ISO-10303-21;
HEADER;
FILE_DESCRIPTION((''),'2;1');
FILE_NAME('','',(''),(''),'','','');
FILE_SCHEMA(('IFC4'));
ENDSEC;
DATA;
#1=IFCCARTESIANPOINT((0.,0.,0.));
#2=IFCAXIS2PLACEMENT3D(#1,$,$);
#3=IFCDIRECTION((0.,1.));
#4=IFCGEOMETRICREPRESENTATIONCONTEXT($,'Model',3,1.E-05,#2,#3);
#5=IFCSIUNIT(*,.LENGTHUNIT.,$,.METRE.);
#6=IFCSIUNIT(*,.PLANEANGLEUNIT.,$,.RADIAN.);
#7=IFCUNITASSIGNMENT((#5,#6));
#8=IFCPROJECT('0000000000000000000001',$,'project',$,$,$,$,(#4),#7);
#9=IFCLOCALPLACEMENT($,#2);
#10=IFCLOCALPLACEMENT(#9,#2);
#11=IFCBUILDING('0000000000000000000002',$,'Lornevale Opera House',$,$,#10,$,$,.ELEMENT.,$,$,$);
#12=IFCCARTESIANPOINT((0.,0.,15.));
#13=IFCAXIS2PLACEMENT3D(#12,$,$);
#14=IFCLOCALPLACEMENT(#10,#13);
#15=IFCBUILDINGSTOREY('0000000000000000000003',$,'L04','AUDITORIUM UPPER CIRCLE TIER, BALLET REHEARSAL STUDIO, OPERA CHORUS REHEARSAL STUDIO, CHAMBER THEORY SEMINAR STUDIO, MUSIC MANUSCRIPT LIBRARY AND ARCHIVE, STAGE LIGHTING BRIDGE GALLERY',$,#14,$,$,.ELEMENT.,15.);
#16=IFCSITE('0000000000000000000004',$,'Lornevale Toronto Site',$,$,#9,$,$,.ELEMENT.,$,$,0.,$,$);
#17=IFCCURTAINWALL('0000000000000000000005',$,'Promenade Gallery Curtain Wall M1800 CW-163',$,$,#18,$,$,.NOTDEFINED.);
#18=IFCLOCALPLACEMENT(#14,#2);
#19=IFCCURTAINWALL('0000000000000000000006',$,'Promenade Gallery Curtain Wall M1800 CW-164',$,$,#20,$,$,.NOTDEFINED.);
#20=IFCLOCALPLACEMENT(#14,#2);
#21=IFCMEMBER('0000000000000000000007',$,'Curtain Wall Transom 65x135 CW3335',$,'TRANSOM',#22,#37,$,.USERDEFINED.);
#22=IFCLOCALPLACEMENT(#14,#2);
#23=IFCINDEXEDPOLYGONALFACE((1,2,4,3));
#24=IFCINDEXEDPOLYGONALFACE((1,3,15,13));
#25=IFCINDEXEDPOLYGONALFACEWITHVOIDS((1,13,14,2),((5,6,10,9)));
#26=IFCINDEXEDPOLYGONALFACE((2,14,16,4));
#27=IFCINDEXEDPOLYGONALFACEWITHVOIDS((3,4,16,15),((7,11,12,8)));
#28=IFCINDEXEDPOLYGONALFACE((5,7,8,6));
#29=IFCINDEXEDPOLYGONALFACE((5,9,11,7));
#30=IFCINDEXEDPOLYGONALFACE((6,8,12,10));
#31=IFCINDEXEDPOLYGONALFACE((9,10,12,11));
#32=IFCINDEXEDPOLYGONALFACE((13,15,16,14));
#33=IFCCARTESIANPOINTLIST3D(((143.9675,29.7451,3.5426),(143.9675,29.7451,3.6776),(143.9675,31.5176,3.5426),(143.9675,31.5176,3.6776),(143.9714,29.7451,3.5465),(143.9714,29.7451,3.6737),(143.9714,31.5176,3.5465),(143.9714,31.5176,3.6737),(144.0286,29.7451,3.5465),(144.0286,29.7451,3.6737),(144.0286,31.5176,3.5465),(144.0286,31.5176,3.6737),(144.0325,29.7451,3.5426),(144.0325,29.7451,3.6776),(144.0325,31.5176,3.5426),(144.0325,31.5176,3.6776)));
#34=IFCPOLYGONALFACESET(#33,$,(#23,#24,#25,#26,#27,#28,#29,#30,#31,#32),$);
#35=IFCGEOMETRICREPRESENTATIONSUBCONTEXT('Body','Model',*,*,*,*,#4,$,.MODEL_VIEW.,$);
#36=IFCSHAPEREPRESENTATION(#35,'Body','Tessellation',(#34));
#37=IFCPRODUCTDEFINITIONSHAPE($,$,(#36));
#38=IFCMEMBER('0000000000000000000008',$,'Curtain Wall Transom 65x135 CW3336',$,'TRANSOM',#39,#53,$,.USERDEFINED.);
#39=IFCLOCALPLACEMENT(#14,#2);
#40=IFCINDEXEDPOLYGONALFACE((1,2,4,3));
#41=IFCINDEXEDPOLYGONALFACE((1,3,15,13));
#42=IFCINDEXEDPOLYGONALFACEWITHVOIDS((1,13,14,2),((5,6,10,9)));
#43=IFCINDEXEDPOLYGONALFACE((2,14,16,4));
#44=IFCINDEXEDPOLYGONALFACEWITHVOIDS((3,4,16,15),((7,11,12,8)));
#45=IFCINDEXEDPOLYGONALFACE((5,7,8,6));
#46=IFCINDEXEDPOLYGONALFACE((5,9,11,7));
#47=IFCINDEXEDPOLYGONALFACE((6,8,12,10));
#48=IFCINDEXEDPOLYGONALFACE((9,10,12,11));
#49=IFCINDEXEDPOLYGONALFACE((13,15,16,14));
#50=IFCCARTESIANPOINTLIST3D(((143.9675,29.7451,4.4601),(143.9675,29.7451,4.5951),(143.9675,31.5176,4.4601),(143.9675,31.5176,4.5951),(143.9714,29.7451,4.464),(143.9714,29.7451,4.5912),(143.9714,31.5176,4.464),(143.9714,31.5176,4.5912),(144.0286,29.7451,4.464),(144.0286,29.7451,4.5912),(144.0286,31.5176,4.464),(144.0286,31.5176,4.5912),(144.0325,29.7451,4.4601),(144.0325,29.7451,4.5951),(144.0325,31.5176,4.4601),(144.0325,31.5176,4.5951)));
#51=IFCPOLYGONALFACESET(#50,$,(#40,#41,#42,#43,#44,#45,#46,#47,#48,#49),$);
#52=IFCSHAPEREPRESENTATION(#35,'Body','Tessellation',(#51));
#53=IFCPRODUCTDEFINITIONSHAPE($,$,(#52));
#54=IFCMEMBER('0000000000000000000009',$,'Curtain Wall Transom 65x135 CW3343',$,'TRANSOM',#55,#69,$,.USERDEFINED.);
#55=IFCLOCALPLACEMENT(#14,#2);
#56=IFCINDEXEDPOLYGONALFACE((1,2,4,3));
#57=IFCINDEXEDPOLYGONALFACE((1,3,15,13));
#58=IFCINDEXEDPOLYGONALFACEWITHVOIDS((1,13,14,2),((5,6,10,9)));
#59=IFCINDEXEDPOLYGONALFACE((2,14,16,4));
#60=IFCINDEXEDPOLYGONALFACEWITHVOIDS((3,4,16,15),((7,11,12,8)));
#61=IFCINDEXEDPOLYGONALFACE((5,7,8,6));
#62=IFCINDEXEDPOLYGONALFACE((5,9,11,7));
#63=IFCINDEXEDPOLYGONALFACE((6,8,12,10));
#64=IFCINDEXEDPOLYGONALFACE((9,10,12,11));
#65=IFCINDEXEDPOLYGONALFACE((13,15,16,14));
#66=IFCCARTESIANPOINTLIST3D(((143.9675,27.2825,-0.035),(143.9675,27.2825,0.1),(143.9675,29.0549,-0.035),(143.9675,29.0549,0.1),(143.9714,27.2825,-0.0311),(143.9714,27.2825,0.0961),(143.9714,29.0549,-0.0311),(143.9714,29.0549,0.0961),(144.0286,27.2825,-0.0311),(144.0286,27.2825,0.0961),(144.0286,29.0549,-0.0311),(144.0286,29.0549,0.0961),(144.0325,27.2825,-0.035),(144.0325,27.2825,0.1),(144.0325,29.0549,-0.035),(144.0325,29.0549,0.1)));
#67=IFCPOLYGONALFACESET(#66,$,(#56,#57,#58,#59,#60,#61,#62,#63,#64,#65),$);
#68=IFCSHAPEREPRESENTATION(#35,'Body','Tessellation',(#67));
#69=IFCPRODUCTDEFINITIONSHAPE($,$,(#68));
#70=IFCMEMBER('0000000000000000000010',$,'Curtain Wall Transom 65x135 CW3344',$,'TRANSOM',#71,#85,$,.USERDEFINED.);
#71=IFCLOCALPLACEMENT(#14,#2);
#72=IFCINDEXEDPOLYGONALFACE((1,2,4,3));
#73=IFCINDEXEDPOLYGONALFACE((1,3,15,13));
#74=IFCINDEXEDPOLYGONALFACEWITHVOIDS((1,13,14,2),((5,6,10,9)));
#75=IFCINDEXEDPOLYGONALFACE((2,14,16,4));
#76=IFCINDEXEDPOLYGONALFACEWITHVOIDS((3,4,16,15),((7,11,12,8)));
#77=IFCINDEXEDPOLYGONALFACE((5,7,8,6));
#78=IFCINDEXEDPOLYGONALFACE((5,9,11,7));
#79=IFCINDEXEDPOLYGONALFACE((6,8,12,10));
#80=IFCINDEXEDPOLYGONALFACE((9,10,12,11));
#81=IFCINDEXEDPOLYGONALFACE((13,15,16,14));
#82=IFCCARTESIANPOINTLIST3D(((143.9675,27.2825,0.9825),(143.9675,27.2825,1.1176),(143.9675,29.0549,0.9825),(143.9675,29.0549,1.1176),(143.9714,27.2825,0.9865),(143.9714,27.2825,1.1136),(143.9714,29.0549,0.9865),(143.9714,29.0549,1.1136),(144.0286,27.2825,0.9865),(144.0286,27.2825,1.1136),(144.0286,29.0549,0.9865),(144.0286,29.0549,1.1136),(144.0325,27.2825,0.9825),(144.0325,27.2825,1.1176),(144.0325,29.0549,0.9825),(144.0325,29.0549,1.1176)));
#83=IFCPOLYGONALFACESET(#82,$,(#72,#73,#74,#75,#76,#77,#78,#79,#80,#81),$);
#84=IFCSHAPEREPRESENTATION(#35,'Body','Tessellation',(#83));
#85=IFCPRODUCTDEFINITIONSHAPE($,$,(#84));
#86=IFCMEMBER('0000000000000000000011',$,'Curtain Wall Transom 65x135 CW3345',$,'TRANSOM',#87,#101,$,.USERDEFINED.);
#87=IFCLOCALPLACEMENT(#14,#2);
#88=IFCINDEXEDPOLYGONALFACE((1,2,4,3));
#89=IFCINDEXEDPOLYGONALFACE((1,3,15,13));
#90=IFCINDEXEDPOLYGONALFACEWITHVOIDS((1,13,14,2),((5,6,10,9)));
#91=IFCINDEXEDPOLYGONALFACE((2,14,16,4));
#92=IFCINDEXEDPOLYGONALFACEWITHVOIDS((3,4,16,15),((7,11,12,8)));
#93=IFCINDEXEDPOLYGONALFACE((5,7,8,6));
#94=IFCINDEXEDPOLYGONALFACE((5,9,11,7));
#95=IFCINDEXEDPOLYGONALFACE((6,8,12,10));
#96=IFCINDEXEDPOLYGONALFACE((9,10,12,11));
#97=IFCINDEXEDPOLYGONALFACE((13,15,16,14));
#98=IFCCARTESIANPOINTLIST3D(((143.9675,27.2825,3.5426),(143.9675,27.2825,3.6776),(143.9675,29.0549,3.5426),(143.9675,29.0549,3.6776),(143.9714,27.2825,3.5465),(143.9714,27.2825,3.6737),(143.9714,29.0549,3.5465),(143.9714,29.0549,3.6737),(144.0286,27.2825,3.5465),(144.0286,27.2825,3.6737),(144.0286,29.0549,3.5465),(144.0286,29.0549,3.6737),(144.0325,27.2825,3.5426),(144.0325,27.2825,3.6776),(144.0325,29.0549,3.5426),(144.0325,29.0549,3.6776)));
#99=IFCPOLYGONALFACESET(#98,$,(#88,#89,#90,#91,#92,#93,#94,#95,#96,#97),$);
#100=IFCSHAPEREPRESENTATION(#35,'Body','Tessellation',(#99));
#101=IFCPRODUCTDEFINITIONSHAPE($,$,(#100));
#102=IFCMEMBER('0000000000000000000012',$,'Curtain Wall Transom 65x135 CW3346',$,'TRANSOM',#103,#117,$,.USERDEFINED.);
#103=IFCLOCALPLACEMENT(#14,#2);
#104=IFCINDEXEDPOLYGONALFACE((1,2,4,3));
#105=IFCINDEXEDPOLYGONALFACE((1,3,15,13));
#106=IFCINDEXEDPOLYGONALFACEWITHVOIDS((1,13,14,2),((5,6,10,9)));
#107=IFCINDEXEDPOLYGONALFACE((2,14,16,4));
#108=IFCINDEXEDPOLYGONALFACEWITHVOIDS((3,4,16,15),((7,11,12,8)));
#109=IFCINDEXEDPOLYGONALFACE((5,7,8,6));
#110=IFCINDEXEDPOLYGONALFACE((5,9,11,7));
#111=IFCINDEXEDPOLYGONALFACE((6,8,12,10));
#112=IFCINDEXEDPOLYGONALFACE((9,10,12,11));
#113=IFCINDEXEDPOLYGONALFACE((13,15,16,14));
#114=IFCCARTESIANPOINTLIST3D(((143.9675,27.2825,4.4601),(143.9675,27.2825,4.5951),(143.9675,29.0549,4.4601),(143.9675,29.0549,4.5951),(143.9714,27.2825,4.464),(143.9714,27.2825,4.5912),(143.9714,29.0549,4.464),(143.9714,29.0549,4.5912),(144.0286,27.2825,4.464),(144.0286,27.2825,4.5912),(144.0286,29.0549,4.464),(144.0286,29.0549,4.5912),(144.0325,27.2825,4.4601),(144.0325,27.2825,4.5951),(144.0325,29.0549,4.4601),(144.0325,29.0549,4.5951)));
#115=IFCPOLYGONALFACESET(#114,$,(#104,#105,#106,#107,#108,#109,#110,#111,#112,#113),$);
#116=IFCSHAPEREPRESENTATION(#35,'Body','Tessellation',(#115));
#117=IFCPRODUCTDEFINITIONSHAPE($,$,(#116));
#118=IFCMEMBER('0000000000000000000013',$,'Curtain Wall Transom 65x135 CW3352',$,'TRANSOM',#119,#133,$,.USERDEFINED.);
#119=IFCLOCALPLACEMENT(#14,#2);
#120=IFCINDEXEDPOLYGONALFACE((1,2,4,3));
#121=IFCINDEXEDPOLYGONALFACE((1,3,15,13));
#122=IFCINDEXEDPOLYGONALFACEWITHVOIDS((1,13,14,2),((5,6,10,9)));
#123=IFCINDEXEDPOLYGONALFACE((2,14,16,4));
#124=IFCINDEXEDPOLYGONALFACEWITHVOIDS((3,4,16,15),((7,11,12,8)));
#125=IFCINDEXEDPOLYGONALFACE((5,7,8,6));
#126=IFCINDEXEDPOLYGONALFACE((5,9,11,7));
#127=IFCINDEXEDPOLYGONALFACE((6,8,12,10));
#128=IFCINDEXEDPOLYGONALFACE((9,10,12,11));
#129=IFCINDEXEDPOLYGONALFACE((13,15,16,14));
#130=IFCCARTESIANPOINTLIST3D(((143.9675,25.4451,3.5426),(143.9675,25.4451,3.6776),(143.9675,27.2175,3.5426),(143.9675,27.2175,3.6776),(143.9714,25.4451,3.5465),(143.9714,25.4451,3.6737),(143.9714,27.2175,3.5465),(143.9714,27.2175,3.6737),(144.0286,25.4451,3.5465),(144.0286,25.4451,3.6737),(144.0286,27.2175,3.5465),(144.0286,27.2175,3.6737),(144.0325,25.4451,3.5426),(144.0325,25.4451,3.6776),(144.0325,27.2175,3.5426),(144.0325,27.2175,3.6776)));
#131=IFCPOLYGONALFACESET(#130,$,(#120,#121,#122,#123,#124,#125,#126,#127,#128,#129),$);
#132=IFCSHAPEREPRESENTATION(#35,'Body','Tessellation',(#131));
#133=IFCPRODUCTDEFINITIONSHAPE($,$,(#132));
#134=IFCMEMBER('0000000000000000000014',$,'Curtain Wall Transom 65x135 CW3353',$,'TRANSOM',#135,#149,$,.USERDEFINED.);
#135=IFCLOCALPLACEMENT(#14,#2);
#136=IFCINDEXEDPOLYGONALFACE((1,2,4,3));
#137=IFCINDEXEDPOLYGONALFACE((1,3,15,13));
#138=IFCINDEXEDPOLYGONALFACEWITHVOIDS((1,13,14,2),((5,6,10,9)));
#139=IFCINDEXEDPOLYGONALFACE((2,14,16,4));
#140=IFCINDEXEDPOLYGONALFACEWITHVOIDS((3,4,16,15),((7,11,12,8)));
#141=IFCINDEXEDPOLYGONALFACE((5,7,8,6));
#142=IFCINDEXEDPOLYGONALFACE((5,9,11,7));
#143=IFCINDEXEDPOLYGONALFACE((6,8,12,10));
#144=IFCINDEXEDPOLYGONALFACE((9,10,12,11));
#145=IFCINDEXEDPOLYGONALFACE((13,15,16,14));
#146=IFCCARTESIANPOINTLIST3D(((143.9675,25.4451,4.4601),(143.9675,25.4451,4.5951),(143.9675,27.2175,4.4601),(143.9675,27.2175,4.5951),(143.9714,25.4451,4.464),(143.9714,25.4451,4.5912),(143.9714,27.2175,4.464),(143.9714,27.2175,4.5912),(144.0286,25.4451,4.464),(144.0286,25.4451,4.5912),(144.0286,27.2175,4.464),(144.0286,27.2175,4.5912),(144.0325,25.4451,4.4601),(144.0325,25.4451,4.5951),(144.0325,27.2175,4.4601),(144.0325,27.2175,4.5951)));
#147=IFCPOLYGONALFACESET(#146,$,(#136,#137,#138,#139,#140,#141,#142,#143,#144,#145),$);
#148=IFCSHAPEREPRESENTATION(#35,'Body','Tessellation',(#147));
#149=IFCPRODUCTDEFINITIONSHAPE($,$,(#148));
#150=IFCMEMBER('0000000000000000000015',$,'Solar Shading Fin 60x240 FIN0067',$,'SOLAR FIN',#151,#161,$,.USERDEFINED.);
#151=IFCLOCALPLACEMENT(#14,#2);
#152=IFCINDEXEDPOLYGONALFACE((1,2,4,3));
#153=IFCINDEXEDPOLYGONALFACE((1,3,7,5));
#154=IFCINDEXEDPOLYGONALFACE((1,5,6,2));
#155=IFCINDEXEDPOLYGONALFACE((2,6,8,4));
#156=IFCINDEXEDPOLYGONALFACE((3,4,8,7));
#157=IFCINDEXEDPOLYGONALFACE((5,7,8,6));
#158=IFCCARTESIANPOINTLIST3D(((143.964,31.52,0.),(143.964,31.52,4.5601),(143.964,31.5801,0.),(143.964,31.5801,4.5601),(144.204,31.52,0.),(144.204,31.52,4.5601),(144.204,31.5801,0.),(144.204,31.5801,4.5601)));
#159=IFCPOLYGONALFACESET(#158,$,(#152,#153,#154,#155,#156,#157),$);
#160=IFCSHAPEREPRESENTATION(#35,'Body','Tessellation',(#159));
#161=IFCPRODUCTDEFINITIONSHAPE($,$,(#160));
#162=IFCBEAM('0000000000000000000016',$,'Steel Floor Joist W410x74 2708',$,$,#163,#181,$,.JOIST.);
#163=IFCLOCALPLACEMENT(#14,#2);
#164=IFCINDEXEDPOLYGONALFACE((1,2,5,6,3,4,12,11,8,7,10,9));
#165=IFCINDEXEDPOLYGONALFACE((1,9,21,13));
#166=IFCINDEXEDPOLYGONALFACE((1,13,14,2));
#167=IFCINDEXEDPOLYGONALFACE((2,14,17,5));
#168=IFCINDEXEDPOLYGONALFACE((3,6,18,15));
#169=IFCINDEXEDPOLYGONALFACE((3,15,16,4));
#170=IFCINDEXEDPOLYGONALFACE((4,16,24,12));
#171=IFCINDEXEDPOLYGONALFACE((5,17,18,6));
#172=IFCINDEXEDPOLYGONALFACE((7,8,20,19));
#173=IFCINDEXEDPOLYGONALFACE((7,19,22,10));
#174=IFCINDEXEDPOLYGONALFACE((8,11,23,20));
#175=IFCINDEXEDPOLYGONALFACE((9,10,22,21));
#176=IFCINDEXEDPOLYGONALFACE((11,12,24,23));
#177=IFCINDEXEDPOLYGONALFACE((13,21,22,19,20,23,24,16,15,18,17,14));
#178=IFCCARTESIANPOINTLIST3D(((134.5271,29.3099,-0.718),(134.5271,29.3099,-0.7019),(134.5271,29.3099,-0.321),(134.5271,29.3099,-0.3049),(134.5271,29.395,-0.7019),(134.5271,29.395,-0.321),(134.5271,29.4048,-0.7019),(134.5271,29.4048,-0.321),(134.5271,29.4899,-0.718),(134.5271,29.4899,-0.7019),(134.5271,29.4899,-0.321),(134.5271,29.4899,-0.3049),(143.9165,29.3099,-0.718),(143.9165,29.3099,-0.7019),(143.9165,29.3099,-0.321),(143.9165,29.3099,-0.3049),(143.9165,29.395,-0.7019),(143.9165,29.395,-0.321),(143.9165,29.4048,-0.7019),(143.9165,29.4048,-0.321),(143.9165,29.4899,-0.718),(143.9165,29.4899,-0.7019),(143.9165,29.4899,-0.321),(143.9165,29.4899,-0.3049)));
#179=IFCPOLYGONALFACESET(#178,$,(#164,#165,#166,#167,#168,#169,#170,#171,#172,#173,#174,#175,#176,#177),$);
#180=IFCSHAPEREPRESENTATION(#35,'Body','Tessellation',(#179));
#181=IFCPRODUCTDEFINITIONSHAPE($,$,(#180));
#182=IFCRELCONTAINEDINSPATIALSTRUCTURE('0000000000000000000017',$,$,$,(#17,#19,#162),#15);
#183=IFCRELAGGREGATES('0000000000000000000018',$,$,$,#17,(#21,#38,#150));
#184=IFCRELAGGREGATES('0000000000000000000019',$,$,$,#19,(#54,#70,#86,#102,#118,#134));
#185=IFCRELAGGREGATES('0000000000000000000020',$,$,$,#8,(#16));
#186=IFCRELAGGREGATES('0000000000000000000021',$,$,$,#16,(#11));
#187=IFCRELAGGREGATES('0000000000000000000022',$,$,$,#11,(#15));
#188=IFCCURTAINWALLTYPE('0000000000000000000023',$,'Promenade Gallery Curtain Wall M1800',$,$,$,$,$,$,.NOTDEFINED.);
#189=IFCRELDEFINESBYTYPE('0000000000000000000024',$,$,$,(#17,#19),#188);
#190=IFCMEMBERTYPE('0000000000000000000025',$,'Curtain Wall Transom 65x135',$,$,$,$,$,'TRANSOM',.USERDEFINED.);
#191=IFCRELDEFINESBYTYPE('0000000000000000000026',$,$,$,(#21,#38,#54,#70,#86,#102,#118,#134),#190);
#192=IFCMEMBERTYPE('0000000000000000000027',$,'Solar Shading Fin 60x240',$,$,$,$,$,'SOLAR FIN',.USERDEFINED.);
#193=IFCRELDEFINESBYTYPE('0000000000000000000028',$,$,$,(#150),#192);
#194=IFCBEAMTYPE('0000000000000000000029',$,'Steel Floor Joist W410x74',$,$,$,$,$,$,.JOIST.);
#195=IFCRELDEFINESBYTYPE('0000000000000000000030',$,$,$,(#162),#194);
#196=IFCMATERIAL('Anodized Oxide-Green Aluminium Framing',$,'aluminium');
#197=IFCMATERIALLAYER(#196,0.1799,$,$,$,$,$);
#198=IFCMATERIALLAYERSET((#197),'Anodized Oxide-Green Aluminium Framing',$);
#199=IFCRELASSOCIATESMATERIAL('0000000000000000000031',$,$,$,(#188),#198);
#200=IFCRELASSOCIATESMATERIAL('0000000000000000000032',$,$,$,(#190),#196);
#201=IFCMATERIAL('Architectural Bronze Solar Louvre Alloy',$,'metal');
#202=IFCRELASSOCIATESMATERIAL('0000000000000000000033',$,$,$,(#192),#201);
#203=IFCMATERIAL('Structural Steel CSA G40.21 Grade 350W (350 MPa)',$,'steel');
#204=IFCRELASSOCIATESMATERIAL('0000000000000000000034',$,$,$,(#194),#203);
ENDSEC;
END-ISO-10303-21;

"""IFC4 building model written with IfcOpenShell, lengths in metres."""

from ifc_helpers import new_model, si_unit, direction, frame, origin, origin_2d, place, context, subcontext, project, spatial, rectangle, hollow_rectangle, i_section, extrude, material, layer, layer_set, material_profile, profile_set, type_object, element, aggregate, save


model = new_model("IFC4")

# Units and contexts
model_context = context("Model", 3, precision=1e-05, world=origin(), true_north=direction((0.0, 1.0)))
body_context = subcontext(model_context, "Body", "Model", "MODEL_VIEW")
ifc_project = project(units=[si_unit("LENGTHUNIT", "METRE"), si_unit("PLANEANGLEUNIT", "RADIAN")], contexts=[model_context])

# Site, building, storey
site_placement = place(None, origin())
site = spatial("IfcSite", under=ifc_project, at=site_placement, Name="Lornevale Toronto Site", CompositionType="ELEMENT", RefElevation=0.0)
building_placement = place(site_placement, origin())
building = spatial("IfcBuilding", under=site, at=building_placement, Name="Lornevale Opera House", CompositionType="ELEMENT")
storey_placement = place(building_placement, frame((0.0, 0.0, 15.0)))
storey = spatial("IfcBuildingStorey", under=building, at=storey_placement, Name="L04", Description="AUDITORIUM UPPER CIRCLE TIER, BALLET REHEARSAL STUDIO, OPERA CHORUS REHEARSAL STUDIO, CHAMBER THEORY SEMINAR STUDIO, MUSIC MANUSCRIPT LIBRARY AND ARCHIVE, STAGE LIGHTING BRIDGE GALLERY", CompositionType="ELEMENT", Elevation=15.0)

# Curtain walls
ifc_material_1 = material(Name="Anodized Oxide-Green Aluminium Framing", Category="aluminium")
ifc_layer_1 = layer(ifc_material_1, 0.1799)
ifc_layer_set_1 = layer_set([ifc_layer_1], Name="Anodized Oxide-Green Aluminium Framing")
curtain_wall_type = type_object("IfcCurtainWallType", Name="Promenade Gallery Curtain Wall M1800", PredefinedType="NOTDEFINED", material=ifc_layer_set_1)
curtain_wall_1_placement = place(storey_placement, origin())
curtain_wall_1 = element("IfcCurtainWall", 1, at=curtain_wall_1_placement, inside=storey, type_object=curtain_wall_type, Name="Promenade Gallery Curtain Wall M1800 CW-163", PredefinedType="NOTDEFINED")
curtain_wall_2_placement = place(storey_placement, origin())
curtain_wall_2 = element("IfcCurtainWall", 2, at=curtain_wall_2_placement, inside=storey, type_object=curtain_wall_type, Name="Promenade Gallery Curtain Wall M1800 CW-164", PredefinedType="NOTDEFINED")

# Members
ifc_material_profile_1 = material_profile(ifc_material_1, hollow_rectangle(XDim=0.0649, YDim=0.135, WallThickness=0.0039, at=origin_2d()), Name="ALU65x135x4")
ifc_profile_set_1 = profile_set([ifc_material_profile_1], Name="Anodized Oxide-Green Aluminium Framing")
member_type_1 = type_object("IfcMemberType", Name="Curtain Wall Transom 65x135", ElementType="TRANSOM", PredefinedType="USERDEFINED", material=ifc_profile_set_1)
member_1_placement = place(storey_placement, frame((144.0, 31.5176, 3.6101), z_axis=(0.0, -1.0, 0.0), x_axis=(1.0, 0.0, 0.0)))
member_1 = element("IfcMember", 3, at=member_1_placement, type_object=member_type_1, Name="Curtain Wall Transom 65x135 CW3335", ObjectType="TRANSOM", PredefinedType="USERDEFINED", context=body_context, shape_type="SweptSolid", body=[
    extrude(hollow_rectangle(XDim=0.0649, YDim=0.135, WallThickness=0.0039, at=origin_2d()), origin(), (0.0, 0.0, 1.0), 1.7725),
])
member_2_placement = place(storey_placement, frame((144.0, 31.5176, 4.5276), z_axis=(0.0, -1.0, 0.0), x_axis=(1.0, 0.0, 0.0)))
member_2 = element("IfcMember", 4, at=member_2_placement, type_object=member_type_1, Name="Curtain Wall Transom 65x135 CW3336", ObjectType="TRANSOM", PredefinedType="USERDEFINED", context=body_context, shape_type="SweptSolid", body=[
    extrude(hollow_rectangle(XDim=0.0649, YDim=0.135, WallThickness=0.0039, at=origin_2d()), origin(), (0.0, 0.0, 1.0), 1.7725),
])
member_3_placement = place(storey_placement, frame((144.0, 29.0549, 0.0325), z_axis=(0.0, -1.0, 0.0), x_axis=(1.0, 0.0, 0.0)))
member_3 = element("IfcMember", 5, at=member_3_placement, type_object=member_type_1, Name="Curtain Wall Transom 65x135 CW3343", ObjectType="TRANSOM", PredefinedType="USERDEFINED", context=body_context, shape_type="SweptSolid", body=[
    extrude(hollow_rectangle(XDim=0.0649, YDim=0.135, WallThickness=0.0039, at=origin_2d()), origin(), (0.0, 0.0, 1.0), 1.7725),
])
member_4_placement = place(storey_placement, frame((144.0, 29.0549, 1.05), z_axis=(0.0, -1.0, 0.0), x_axis=(1.0, 0.0, 0.0)))
member_4 = element("IfcMember", 6, at=member_4_placement, type_object=member_type_1, Name="Curtain Wall Transom 65x135 CW3344", ObjectType="TRANSOM", PredefinedType="USERDEFINED", context=body_context, shape_type="SweptSolid", body=[
    extrude(hollow_rectangle(XDim=0.0649, YDim=0.135, WallThickness=0.0039, at=origin_2d()), origin(), (0.0, 0.0, 1.0), 1.7725),
])
member_5_placement = place(storey_placement, frame((144.0, 29.0549, 3.6101), z_axis=(0.0, -1.0, 0.0), x_axis=(1.0, 0.0, 0.0)))
member_5 = element("IfcMember", 7, at=member_5_placement, type_object=member_type_1, Name="Curtain Wall Transom 65x135 CW3345", ObjectType="TRANSOM", PredefinedType="USERDEFINED", context=body_context, shape_type="SweptSolid", body=[
    extrude(hollow_rectangle(XDim=0.0649, YDim=0.135, WallThickness=0.0039, at=origin_2d()), origin(), (0.0, 0.0, 1.0), 1.7725),
])
member_6_placement = place(storey_placement, frame((144.0, 29.0549, 4.5276), z_axis=(0.0, -1.0, 0.0), x_axis=(1.0, 0.0, 0.0)))
member_6 = element("IfcMember", 8, at=member_6_placement, type_object=member_type_1, Name="Curtain Wall Transom 65x135 CW3346", ObjectType="TRANSOM", PredefinedType="USERDEFINED", context=body_context, shape_type="SweptSolid", body=[
    extrude(hollow_rectangle(XDim=0.0649, YDim=0.135, WallThickness=0.0039, at=origin_2d()), origin(), (0.0, 0.0, 1.0), 1.7725),
])
member_7_placement = place(storey_placement, frame((144.0, 27.2175, 3.6101), z_axis=(0.0, -1.0, 0.0), x_axis=(1.0, 0.0, 0.0)))
member_7 = element("IfcMember", 9, at=member_7_placement, type_object=member_type_1, Name="Curtain Wall Transom 65x135 CW3352", ObjectType="TRANSOM", PredefinedType="USERDEFINED", context=body_context, shape_type="SweptSolid", body=[
    extrude(hollow_rectangle(XDim=0.0649, YDim=0.135, WallThickness=0.0039, at=origin_2d()), origin(), (0.0, 0.0, 1.0), 1.7725),
])
member_8_placement = place(storey_placement, frame((144.0, 27.2175, 4.5276), z_axis=(0.0, -1.0, 0.0), x_axis=(1.0, 0.0, 0.0)))
member_8 = element("IfcMember", 10, at=member_8_placement, type_object=member_type_1, Name="Curtain Wall Transom 65x135 CW3353", ObjectType="TRANSOM", PredefinedType="USERDEFINED", context=body_context, shape_type="SweptSolid", body=[
    extrude(hollow_rectangle(XDim=0.0649, YDim=0.135, WallThickness=0.0039, at=origin_2d()), origin(), (0.0, 0.0, 1.0), 1.7725),
])
ifc_material_2 = material(Name="Architectural Bronze Solar Louvre Alloy", Category="metal")
ifc_material_profile_2 = material_profile(ifc_material_2, rectangle(XDim=0.0601, YDim=0.24, at=origin_2d()), Name="FIN60x240")
ifc_profile_set_2 = profile_set([ifc_material_profile_2], Name="Architectural Bronze Solar Louvre Alloy")
member_type_2 = type_object("IfcMemberType", Name="Solar Shading Fin 60x240", ElementType="SOLAR FIN", PredefinedType="USERDEFINED", material=ifc_profile_set_2)
member_9_placement = place(storey_placement, frame((144.084, 31.55, 0.0), z_axis=(0.0, 0.0, 1.0), x_axis=(0.0, -1.0, 0.0)))
member_9 = element("IfcMember", 11, at=member_9_placement, type_object=member_type_2, Name="Solar Shading Fin 60x240 FIN0067", ObjectType="SOLAR FIN", PredefinedType="USERDEFINED", context=body_context, shape_type="SweptSolid", body=[
    extrude(rectangle(XDim=0.0601, YDim=0.24, at=origin_2d()), origin(), (0.0, 0.0, 1.0), 4.5601),
])

# Beam
ifc_material_3 = material(Name="Structural Steel CSA G40.21 Grade 350W (350 MPa)", Category="steel")
ifc_material_profile_3 = material_profile(ifc_material_3, i_section(OverallWidth=0.1799, OverallDepth=0.4131, WebThickness=0.0098, FlangeThickness=0.0161, at=origin_2d()), Name="W410x74")
ifc_profile_set_3 = profile_set([ifc_material_profile_3], Name="Structural Steel CSA G40.21 Grade 350W (350 MPa)")
beam_type = type_object("IfcBeamType", Name="Steel Floor Joist W410x74", PredefinedType="JOIST", material=ifc_profile_set_3)
beam_placement = place(storey_placement, frame((134.5271, 29.3999, -0.5115), z_axis=(1.0, 0.0, 0.0), x_axis=(0.0, 1.0, 0.0)))
element("IfcBeam", 12, at=beam_placement, inside=storey, type_object=beam_type, Name="Steel Floor Joist W410x74 2708", PredefinedType="JOIST", context=body_context, shape_type="SweptSolid", body=[
    extrude(i_section(OverallWidth=0.1799, OverallDepth=0.4131, WebThickness=0.0098, FlangeThickness=0.0161, at=origin_2d()), origin(), (0.0, 0.0, 1.0), 9.3894),
])

aggregate(curtain_wall_1, [member_1, member_2, member_9])
aggregate(curtain_wall_2, [member_3, member_4, member_5, member_6, member_7, member_8])

save(model, "model.ifc")
